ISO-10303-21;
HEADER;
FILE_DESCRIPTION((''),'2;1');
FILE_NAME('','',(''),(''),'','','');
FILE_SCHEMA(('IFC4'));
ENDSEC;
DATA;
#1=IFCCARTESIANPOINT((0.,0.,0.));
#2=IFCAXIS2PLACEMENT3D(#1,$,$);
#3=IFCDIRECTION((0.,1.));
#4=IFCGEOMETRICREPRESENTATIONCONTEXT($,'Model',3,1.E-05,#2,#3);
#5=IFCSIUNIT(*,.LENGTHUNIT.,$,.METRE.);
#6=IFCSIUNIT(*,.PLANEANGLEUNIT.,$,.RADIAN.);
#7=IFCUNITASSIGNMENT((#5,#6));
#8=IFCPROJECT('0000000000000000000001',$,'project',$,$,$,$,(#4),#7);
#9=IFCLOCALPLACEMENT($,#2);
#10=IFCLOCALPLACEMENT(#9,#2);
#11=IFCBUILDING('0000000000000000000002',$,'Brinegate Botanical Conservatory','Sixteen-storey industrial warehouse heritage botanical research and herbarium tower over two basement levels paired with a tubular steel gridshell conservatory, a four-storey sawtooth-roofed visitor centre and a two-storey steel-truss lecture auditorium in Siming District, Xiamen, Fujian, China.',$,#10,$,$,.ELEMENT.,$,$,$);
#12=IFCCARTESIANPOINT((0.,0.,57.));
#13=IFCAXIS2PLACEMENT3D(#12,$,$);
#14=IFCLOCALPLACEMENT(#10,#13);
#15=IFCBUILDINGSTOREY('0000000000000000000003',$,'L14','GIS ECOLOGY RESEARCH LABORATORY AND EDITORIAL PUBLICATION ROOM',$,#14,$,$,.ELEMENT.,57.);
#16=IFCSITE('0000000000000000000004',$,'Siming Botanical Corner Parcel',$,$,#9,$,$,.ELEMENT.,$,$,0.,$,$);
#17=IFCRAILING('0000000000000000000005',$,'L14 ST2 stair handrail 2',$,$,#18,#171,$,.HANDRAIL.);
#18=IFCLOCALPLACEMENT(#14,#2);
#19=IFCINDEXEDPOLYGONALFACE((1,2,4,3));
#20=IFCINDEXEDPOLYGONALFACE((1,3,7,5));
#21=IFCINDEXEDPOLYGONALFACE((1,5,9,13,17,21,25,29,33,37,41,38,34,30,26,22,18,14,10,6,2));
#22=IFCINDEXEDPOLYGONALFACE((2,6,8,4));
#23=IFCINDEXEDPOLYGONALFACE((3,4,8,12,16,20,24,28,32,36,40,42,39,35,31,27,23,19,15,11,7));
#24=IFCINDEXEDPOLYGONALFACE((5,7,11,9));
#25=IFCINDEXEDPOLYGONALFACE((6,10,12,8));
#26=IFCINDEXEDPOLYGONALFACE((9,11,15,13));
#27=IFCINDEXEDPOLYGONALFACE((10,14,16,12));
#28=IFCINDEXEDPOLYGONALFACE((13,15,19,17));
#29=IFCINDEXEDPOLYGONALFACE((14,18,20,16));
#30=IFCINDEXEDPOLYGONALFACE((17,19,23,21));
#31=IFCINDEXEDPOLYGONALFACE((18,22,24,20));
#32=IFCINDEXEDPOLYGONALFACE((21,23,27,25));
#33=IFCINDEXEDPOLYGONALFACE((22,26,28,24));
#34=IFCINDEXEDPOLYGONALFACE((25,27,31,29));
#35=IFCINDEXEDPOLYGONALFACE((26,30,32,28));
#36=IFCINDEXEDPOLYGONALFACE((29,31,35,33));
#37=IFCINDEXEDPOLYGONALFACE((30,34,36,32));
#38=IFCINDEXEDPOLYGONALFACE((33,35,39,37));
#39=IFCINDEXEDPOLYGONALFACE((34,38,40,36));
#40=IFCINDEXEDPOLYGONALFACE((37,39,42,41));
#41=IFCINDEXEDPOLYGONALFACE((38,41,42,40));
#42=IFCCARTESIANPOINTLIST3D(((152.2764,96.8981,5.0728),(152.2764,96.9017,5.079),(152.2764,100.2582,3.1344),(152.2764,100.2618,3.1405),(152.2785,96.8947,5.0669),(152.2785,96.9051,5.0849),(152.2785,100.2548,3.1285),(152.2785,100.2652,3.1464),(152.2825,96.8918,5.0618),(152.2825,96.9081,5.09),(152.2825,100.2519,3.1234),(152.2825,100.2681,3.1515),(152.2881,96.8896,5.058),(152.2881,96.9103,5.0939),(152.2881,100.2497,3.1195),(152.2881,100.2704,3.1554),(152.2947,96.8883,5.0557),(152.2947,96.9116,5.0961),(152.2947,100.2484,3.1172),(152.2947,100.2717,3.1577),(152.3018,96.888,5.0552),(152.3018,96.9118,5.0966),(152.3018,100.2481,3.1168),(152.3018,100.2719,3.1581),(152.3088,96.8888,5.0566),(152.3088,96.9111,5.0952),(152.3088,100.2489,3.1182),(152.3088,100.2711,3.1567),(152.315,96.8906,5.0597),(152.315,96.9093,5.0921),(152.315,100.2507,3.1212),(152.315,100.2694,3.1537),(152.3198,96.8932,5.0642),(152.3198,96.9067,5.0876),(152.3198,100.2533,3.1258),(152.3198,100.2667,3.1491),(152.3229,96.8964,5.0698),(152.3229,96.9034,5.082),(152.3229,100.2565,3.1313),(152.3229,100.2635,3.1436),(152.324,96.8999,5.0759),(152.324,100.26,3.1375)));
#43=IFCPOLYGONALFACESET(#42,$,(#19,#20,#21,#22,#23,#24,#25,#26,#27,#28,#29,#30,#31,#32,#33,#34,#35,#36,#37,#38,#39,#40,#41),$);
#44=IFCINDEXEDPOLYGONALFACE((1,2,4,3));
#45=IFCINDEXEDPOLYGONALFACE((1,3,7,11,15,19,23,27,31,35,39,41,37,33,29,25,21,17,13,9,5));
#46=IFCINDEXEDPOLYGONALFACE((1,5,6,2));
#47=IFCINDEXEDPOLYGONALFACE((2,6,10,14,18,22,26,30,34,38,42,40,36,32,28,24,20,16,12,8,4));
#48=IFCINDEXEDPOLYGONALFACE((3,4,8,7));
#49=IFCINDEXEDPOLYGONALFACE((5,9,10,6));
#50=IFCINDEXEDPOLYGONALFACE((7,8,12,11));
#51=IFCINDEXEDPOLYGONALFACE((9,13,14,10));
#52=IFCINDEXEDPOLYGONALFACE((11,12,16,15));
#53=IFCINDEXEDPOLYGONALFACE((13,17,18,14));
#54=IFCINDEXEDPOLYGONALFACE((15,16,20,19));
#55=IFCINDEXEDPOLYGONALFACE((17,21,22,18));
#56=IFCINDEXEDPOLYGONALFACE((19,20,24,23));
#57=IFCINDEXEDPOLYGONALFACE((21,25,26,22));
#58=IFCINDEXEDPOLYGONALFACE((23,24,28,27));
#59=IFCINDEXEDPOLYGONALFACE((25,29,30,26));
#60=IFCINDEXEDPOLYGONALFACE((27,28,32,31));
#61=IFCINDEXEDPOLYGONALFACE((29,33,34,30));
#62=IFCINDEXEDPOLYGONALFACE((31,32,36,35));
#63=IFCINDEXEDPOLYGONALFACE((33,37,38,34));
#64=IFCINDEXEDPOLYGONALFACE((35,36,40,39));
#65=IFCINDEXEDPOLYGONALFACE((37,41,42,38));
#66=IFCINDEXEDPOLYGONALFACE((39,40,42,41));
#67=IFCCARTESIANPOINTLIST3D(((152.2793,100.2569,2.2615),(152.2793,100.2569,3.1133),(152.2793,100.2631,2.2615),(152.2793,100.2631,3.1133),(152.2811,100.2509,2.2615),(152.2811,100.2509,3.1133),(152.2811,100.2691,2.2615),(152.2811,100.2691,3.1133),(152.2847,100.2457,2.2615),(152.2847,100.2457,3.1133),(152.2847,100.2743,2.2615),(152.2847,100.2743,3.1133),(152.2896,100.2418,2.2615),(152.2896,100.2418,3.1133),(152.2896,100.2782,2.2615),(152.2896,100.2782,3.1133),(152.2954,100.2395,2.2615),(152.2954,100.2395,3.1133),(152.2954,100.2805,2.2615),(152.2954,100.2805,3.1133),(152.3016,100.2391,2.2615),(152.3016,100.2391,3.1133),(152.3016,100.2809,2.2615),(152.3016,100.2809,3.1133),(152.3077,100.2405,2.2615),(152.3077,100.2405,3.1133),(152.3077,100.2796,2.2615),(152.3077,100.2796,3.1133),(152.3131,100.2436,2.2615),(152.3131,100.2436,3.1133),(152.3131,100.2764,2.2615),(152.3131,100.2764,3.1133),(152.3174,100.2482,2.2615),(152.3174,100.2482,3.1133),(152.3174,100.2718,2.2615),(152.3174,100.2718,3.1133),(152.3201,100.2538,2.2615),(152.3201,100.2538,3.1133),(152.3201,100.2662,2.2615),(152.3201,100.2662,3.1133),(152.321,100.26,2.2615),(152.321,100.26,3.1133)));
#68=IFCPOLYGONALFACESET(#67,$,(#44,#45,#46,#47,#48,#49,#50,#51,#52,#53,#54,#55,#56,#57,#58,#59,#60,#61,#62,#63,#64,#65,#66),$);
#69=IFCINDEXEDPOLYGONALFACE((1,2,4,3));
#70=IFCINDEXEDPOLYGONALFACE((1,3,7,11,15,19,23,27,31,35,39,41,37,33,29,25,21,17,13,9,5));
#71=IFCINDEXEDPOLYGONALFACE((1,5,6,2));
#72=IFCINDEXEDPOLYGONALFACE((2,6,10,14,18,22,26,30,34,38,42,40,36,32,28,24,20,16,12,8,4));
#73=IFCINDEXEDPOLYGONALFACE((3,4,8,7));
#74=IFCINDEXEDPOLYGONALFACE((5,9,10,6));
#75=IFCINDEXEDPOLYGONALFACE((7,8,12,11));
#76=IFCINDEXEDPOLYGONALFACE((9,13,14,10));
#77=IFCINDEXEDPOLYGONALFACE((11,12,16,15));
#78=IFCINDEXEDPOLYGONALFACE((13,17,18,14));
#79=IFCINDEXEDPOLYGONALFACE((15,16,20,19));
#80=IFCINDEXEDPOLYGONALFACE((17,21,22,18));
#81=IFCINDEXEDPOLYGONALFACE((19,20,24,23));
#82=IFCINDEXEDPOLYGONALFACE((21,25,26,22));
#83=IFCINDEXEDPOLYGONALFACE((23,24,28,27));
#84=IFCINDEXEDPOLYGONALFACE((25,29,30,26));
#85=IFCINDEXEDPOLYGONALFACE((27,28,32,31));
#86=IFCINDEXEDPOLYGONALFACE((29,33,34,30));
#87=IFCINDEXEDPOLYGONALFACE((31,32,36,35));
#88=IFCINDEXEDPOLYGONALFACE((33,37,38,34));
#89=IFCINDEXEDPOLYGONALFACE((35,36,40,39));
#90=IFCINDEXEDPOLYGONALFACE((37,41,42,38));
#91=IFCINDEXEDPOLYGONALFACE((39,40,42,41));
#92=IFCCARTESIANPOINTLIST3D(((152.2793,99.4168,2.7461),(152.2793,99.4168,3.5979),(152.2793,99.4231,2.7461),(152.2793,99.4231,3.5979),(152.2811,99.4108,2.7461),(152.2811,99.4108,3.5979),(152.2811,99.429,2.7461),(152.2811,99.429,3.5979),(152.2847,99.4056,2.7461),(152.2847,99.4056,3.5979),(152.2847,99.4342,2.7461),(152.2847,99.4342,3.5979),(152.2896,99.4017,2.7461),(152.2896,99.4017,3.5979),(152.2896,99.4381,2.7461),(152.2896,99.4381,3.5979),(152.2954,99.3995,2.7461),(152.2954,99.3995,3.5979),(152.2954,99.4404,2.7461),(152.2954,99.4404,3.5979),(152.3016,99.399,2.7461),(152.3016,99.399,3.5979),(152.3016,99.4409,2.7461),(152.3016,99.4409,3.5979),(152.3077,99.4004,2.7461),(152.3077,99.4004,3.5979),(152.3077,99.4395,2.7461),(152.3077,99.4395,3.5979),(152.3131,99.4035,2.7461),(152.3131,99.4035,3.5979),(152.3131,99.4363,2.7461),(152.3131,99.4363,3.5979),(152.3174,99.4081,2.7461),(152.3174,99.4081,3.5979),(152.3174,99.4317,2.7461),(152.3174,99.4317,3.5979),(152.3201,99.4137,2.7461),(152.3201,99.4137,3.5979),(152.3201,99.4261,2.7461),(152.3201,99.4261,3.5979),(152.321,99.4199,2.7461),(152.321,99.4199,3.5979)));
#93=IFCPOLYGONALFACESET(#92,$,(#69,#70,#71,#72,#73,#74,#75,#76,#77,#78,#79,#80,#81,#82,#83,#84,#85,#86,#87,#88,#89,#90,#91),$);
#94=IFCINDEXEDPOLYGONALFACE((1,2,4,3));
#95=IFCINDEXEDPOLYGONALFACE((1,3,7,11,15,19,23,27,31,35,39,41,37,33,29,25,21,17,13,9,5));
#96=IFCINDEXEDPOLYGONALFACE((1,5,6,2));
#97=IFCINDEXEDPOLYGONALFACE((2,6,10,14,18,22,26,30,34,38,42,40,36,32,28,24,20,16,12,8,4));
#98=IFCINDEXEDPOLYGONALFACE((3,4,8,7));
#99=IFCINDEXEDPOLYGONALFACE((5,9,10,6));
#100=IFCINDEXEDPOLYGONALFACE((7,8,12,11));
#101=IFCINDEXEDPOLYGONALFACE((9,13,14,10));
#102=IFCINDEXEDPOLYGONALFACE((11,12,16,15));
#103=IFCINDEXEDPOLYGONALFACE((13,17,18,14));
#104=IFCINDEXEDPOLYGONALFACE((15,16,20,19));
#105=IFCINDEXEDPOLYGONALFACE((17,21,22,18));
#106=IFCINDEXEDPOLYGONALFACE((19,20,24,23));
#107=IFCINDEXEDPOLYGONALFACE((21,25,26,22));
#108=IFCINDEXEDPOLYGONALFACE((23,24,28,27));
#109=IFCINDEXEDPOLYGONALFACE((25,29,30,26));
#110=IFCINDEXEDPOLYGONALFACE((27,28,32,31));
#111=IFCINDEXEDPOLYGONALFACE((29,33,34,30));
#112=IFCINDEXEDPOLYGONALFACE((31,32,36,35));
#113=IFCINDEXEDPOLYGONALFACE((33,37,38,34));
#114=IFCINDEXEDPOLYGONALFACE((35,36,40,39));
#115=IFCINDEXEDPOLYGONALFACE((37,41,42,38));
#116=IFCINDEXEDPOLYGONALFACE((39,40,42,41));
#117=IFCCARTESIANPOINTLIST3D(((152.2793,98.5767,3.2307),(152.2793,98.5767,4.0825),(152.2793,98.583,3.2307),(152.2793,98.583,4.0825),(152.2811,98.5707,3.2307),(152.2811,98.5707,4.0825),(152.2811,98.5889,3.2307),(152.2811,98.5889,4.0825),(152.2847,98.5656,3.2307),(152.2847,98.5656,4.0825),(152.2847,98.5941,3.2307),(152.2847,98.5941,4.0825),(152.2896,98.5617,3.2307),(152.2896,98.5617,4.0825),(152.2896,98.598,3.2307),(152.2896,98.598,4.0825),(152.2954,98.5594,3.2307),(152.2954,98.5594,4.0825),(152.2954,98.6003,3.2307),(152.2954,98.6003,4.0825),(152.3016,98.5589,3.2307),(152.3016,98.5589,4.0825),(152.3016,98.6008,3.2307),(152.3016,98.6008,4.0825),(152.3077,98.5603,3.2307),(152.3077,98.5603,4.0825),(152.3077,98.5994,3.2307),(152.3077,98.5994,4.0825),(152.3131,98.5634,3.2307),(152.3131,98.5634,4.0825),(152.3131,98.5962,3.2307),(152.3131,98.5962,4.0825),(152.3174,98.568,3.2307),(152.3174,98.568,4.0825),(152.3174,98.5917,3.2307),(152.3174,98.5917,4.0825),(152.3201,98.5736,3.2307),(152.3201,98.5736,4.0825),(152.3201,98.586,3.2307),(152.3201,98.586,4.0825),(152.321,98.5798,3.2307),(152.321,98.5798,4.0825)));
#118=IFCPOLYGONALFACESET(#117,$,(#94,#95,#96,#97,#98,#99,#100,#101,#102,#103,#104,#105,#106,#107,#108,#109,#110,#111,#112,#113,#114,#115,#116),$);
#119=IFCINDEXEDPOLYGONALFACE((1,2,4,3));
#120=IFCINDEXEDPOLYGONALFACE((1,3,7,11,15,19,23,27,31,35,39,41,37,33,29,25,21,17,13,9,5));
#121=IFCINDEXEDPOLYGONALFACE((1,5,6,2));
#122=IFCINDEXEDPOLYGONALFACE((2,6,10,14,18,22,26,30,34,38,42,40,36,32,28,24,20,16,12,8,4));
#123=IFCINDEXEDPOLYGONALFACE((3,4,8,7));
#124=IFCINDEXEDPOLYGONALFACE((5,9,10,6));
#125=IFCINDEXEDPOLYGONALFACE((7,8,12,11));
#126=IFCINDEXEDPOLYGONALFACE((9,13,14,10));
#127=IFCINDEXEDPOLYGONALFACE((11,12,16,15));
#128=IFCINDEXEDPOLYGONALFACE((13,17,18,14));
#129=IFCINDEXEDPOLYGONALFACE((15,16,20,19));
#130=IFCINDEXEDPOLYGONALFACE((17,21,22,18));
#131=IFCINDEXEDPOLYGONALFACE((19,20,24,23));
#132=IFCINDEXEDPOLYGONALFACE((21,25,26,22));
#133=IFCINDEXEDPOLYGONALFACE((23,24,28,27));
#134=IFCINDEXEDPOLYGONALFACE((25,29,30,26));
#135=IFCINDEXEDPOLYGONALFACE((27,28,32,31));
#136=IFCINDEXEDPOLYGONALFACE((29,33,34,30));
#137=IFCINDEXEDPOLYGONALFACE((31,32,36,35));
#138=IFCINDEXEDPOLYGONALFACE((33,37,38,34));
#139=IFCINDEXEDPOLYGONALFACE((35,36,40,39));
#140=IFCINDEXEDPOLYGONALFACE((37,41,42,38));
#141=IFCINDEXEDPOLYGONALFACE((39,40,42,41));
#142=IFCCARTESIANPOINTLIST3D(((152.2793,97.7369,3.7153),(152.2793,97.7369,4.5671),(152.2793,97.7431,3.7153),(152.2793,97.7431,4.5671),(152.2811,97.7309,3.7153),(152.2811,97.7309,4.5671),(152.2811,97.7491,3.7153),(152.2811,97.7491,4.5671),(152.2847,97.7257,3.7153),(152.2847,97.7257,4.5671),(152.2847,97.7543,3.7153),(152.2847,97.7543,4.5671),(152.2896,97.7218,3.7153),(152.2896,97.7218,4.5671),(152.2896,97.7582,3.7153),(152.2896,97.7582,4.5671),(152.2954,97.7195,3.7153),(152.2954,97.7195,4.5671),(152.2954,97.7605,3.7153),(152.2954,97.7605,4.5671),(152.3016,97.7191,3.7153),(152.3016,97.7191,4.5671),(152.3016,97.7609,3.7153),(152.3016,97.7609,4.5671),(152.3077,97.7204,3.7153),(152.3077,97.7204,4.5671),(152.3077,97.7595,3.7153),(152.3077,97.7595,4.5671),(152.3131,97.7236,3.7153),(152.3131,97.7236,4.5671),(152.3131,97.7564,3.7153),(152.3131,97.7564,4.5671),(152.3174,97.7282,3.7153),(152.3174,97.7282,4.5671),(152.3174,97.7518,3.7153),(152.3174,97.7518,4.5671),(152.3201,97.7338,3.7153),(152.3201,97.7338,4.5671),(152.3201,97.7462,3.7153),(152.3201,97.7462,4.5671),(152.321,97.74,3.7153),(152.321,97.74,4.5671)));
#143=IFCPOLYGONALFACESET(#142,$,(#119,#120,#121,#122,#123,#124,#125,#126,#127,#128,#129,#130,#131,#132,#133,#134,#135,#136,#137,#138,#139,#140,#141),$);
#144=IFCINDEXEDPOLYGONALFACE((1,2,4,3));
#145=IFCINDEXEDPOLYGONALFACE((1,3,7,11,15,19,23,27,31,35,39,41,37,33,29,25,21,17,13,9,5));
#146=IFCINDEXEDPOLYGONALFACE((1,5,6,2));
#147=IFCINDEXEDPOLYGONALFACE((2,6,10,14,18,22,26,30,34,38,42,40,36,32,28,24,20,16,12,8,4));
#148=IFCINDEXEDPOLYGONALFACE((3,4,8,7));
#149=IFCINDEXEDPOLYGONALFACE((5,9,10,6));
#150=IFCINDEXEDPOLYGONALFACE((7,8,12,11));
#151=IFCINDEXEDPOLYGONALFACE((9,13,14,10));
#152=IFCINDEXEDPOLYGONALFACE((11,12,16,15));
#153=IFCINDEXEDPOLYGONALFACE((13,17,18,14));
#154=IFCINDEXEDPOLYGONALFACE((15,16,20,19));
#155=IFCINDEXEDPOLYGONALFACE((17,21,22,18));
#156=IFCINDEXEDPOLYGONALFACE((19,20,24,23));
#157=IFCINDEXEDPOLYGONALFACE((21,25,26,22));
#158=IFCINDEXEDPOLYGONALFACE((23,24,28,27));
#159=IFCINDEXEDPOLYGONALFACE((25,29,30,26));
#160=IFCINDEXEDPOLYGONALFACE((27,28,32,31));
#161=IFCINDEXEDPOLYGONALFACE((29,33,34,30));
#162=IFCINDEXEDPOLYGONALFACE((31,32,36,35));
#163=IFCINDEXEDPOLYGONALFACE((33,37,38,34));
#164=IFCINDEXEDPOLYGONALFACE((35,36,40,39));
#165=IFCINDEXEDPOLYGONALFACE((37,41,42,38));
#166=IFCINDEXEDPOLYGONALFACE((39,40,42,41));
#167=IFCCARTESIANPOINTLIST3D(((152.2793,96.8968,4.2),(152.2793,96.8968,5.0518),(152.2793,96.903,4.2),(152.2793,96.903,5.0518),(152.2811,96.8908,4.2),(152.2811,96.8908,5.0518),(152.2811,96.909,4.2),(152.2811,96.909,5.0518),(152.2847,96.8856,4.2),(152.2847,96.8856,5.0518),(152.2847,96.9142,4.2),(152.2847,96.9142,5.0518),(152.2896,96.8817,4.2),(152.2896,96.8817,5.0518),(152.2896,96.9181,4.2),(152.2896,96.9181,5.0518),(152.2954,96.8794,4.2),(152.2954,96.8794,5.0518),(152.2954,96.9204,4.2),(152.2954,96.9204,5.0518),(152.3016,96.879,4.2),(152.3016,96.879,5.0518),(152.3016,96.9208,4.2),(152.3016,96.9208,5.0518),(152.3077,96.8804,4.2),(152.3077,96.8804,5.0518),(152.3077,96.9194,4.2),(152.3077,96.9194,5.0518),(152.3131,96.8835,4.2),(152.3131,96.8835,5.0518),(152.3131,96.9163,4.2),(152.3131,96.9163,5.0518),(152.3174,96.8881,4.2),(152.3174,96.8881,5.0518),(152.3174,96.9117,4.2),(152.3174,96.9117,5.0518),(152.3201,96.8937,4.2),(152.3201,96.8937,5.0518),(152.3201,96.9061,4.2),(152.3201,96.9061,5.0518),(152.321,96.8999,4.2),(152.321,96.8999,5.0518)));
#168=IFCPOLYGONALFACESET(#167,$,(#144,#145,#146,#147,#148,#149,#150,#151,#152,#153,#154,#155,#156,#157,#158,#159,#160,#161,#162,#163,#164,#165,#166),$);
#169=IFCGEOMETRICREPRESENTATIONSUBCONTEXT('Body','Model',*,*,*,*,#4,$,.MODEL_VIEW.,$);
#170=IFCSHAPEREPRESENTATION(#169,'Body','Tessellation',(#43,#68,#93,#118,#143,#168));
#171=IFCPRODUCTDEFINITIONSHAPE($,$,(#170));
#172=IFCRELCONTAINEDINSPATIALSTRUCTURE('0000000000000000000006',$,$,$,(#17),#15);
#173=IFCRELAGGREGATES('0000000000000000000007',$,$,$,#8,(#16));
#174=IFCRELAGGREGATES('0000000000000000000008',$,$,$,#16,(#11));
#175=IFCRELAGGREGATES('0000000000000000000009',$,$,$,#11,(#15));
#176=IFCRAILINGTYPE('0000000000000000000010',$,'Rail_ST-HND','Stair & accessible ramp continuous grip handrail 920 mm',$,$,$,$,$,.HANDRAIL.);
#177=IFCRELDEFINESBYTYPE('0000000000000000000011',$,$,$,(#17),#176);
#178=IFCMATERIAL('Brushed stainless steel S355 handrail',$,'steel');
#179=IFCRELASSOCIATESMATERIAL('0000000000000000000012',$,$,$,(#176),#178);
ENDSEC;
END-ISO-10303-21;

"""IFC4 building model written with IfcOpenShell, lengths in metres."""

from ifc_helpers import new_model, si_unit, direction, frame, origin, origin_2d, place, context, subcontext, project, spatial, circle, extrude, material, type_object, element, save


model = new_model("IFC4")

# Units and contexts
model_context = context("Model", 3, precision=1e-05, world=origin(), true_north=direction((0.0, 1.0)))
body_context = subcontext(model_context, "Body", "Model", "MODEL_VIEW")
ifc_project = project(units=[si_unit("LENGTHUNIT", "METRE"), si_unit("PLANEANGLEUNIT", "RADIAN")], contexts=[model_context])

# Site, building, storey
site_placement = place(None, origin())
site = spatial("IfcSite", under=ifc_project, at=site_placement, Name="Siming Botanical Corner Parcel", CompositionType="ELEMENT", RefElevation=0.0)
building_placement = place(site_placement, origin())
building = spatial("IfcBuilding", under=site, at=building_placement, Name="Brinegate Botanical Conservatory", Description="Sixteen-storey industrial warehouse heritage botanical research and herbarium tower over two basement levels paired with a tubular steel gridshell conservatory, a four-storey sawtooth-roofed visitor centre and a two-storey steel-truss lecture auditorium in Siming District, Xiamen, Fujian, China.", CompositionType="ELEMENT")
storey_placement = place(building_placement, frame((0.0, 0.0, 57.0)))
storey = spatial("IfcBuildingStorey", under=building, at=storey_placement, Name="L14", Description="GIS ECOLOGY RESEARCH LABORATORY AND EDITORIAL PUBLICATION ROOM", CompositionType="ELEMENT", Elevation=57.0)

# Railing
ifc_material_1 = material(Name="Brushed stainless steel S355 handrail", Category="steel")
railing_type_1 = type_object("IfcRailingType", Name="Rail_ST-HND", Description="Stair & accessible ramp continuous grip handrail 920 mm", PredefinedType="HANDRAIL", material=ifc_material_1)
railing_1_placement = place(storey_placement, frame((152.3, 100.26, 2.2615)))
element("IfcRailing", 1, at=railing_1_placement, inside=storey, type_object=railing_type_1, Name="L14 ST2 stair handrail 2", PredefinedType="HANDRAIL", context=body_context, shape_type="SweptSolid", body=[
    extrude(circle(Radius=0.0239, at=origin_2d()), frame((0.0, 0.0, 0.876), z_axis=(0.0, -0.866191, 0.499713), x_axis=(1.0, 0.0, 0.0)), (0.0, 0.0, 1.0), 3.8792),
    extrude(circle(Radius=0.021, at=origin_2d()), origin(), (0.0, 0.0, 1.0), 0.8518),
    extrude(circle(Radius=0.021, at=origin_2d()), frame((0.0, -0.8401, 0.4846)), (0.0, 0.0, 1.0), 0.8518),
    extrude(circle(Radius=0.021, at=origin_2d()), frame((0.0, -1.6802, 0.9692)), (0.0, 0.0, 1.0), 0.8518),
    extrude(circle(Radius=0.021, at=origin_2d()), frame((0.0, -2.52, 1.4539)), (0.0, 0.0, 1.0), 0.8518),
    extrude(circle(Radius=0.021, at=origin_2d()), frame((0.0, -3.3601, 1.9385)), (0.0, 0.0, 1.0), 0.8518),
])

save(model, "model.ifc")
